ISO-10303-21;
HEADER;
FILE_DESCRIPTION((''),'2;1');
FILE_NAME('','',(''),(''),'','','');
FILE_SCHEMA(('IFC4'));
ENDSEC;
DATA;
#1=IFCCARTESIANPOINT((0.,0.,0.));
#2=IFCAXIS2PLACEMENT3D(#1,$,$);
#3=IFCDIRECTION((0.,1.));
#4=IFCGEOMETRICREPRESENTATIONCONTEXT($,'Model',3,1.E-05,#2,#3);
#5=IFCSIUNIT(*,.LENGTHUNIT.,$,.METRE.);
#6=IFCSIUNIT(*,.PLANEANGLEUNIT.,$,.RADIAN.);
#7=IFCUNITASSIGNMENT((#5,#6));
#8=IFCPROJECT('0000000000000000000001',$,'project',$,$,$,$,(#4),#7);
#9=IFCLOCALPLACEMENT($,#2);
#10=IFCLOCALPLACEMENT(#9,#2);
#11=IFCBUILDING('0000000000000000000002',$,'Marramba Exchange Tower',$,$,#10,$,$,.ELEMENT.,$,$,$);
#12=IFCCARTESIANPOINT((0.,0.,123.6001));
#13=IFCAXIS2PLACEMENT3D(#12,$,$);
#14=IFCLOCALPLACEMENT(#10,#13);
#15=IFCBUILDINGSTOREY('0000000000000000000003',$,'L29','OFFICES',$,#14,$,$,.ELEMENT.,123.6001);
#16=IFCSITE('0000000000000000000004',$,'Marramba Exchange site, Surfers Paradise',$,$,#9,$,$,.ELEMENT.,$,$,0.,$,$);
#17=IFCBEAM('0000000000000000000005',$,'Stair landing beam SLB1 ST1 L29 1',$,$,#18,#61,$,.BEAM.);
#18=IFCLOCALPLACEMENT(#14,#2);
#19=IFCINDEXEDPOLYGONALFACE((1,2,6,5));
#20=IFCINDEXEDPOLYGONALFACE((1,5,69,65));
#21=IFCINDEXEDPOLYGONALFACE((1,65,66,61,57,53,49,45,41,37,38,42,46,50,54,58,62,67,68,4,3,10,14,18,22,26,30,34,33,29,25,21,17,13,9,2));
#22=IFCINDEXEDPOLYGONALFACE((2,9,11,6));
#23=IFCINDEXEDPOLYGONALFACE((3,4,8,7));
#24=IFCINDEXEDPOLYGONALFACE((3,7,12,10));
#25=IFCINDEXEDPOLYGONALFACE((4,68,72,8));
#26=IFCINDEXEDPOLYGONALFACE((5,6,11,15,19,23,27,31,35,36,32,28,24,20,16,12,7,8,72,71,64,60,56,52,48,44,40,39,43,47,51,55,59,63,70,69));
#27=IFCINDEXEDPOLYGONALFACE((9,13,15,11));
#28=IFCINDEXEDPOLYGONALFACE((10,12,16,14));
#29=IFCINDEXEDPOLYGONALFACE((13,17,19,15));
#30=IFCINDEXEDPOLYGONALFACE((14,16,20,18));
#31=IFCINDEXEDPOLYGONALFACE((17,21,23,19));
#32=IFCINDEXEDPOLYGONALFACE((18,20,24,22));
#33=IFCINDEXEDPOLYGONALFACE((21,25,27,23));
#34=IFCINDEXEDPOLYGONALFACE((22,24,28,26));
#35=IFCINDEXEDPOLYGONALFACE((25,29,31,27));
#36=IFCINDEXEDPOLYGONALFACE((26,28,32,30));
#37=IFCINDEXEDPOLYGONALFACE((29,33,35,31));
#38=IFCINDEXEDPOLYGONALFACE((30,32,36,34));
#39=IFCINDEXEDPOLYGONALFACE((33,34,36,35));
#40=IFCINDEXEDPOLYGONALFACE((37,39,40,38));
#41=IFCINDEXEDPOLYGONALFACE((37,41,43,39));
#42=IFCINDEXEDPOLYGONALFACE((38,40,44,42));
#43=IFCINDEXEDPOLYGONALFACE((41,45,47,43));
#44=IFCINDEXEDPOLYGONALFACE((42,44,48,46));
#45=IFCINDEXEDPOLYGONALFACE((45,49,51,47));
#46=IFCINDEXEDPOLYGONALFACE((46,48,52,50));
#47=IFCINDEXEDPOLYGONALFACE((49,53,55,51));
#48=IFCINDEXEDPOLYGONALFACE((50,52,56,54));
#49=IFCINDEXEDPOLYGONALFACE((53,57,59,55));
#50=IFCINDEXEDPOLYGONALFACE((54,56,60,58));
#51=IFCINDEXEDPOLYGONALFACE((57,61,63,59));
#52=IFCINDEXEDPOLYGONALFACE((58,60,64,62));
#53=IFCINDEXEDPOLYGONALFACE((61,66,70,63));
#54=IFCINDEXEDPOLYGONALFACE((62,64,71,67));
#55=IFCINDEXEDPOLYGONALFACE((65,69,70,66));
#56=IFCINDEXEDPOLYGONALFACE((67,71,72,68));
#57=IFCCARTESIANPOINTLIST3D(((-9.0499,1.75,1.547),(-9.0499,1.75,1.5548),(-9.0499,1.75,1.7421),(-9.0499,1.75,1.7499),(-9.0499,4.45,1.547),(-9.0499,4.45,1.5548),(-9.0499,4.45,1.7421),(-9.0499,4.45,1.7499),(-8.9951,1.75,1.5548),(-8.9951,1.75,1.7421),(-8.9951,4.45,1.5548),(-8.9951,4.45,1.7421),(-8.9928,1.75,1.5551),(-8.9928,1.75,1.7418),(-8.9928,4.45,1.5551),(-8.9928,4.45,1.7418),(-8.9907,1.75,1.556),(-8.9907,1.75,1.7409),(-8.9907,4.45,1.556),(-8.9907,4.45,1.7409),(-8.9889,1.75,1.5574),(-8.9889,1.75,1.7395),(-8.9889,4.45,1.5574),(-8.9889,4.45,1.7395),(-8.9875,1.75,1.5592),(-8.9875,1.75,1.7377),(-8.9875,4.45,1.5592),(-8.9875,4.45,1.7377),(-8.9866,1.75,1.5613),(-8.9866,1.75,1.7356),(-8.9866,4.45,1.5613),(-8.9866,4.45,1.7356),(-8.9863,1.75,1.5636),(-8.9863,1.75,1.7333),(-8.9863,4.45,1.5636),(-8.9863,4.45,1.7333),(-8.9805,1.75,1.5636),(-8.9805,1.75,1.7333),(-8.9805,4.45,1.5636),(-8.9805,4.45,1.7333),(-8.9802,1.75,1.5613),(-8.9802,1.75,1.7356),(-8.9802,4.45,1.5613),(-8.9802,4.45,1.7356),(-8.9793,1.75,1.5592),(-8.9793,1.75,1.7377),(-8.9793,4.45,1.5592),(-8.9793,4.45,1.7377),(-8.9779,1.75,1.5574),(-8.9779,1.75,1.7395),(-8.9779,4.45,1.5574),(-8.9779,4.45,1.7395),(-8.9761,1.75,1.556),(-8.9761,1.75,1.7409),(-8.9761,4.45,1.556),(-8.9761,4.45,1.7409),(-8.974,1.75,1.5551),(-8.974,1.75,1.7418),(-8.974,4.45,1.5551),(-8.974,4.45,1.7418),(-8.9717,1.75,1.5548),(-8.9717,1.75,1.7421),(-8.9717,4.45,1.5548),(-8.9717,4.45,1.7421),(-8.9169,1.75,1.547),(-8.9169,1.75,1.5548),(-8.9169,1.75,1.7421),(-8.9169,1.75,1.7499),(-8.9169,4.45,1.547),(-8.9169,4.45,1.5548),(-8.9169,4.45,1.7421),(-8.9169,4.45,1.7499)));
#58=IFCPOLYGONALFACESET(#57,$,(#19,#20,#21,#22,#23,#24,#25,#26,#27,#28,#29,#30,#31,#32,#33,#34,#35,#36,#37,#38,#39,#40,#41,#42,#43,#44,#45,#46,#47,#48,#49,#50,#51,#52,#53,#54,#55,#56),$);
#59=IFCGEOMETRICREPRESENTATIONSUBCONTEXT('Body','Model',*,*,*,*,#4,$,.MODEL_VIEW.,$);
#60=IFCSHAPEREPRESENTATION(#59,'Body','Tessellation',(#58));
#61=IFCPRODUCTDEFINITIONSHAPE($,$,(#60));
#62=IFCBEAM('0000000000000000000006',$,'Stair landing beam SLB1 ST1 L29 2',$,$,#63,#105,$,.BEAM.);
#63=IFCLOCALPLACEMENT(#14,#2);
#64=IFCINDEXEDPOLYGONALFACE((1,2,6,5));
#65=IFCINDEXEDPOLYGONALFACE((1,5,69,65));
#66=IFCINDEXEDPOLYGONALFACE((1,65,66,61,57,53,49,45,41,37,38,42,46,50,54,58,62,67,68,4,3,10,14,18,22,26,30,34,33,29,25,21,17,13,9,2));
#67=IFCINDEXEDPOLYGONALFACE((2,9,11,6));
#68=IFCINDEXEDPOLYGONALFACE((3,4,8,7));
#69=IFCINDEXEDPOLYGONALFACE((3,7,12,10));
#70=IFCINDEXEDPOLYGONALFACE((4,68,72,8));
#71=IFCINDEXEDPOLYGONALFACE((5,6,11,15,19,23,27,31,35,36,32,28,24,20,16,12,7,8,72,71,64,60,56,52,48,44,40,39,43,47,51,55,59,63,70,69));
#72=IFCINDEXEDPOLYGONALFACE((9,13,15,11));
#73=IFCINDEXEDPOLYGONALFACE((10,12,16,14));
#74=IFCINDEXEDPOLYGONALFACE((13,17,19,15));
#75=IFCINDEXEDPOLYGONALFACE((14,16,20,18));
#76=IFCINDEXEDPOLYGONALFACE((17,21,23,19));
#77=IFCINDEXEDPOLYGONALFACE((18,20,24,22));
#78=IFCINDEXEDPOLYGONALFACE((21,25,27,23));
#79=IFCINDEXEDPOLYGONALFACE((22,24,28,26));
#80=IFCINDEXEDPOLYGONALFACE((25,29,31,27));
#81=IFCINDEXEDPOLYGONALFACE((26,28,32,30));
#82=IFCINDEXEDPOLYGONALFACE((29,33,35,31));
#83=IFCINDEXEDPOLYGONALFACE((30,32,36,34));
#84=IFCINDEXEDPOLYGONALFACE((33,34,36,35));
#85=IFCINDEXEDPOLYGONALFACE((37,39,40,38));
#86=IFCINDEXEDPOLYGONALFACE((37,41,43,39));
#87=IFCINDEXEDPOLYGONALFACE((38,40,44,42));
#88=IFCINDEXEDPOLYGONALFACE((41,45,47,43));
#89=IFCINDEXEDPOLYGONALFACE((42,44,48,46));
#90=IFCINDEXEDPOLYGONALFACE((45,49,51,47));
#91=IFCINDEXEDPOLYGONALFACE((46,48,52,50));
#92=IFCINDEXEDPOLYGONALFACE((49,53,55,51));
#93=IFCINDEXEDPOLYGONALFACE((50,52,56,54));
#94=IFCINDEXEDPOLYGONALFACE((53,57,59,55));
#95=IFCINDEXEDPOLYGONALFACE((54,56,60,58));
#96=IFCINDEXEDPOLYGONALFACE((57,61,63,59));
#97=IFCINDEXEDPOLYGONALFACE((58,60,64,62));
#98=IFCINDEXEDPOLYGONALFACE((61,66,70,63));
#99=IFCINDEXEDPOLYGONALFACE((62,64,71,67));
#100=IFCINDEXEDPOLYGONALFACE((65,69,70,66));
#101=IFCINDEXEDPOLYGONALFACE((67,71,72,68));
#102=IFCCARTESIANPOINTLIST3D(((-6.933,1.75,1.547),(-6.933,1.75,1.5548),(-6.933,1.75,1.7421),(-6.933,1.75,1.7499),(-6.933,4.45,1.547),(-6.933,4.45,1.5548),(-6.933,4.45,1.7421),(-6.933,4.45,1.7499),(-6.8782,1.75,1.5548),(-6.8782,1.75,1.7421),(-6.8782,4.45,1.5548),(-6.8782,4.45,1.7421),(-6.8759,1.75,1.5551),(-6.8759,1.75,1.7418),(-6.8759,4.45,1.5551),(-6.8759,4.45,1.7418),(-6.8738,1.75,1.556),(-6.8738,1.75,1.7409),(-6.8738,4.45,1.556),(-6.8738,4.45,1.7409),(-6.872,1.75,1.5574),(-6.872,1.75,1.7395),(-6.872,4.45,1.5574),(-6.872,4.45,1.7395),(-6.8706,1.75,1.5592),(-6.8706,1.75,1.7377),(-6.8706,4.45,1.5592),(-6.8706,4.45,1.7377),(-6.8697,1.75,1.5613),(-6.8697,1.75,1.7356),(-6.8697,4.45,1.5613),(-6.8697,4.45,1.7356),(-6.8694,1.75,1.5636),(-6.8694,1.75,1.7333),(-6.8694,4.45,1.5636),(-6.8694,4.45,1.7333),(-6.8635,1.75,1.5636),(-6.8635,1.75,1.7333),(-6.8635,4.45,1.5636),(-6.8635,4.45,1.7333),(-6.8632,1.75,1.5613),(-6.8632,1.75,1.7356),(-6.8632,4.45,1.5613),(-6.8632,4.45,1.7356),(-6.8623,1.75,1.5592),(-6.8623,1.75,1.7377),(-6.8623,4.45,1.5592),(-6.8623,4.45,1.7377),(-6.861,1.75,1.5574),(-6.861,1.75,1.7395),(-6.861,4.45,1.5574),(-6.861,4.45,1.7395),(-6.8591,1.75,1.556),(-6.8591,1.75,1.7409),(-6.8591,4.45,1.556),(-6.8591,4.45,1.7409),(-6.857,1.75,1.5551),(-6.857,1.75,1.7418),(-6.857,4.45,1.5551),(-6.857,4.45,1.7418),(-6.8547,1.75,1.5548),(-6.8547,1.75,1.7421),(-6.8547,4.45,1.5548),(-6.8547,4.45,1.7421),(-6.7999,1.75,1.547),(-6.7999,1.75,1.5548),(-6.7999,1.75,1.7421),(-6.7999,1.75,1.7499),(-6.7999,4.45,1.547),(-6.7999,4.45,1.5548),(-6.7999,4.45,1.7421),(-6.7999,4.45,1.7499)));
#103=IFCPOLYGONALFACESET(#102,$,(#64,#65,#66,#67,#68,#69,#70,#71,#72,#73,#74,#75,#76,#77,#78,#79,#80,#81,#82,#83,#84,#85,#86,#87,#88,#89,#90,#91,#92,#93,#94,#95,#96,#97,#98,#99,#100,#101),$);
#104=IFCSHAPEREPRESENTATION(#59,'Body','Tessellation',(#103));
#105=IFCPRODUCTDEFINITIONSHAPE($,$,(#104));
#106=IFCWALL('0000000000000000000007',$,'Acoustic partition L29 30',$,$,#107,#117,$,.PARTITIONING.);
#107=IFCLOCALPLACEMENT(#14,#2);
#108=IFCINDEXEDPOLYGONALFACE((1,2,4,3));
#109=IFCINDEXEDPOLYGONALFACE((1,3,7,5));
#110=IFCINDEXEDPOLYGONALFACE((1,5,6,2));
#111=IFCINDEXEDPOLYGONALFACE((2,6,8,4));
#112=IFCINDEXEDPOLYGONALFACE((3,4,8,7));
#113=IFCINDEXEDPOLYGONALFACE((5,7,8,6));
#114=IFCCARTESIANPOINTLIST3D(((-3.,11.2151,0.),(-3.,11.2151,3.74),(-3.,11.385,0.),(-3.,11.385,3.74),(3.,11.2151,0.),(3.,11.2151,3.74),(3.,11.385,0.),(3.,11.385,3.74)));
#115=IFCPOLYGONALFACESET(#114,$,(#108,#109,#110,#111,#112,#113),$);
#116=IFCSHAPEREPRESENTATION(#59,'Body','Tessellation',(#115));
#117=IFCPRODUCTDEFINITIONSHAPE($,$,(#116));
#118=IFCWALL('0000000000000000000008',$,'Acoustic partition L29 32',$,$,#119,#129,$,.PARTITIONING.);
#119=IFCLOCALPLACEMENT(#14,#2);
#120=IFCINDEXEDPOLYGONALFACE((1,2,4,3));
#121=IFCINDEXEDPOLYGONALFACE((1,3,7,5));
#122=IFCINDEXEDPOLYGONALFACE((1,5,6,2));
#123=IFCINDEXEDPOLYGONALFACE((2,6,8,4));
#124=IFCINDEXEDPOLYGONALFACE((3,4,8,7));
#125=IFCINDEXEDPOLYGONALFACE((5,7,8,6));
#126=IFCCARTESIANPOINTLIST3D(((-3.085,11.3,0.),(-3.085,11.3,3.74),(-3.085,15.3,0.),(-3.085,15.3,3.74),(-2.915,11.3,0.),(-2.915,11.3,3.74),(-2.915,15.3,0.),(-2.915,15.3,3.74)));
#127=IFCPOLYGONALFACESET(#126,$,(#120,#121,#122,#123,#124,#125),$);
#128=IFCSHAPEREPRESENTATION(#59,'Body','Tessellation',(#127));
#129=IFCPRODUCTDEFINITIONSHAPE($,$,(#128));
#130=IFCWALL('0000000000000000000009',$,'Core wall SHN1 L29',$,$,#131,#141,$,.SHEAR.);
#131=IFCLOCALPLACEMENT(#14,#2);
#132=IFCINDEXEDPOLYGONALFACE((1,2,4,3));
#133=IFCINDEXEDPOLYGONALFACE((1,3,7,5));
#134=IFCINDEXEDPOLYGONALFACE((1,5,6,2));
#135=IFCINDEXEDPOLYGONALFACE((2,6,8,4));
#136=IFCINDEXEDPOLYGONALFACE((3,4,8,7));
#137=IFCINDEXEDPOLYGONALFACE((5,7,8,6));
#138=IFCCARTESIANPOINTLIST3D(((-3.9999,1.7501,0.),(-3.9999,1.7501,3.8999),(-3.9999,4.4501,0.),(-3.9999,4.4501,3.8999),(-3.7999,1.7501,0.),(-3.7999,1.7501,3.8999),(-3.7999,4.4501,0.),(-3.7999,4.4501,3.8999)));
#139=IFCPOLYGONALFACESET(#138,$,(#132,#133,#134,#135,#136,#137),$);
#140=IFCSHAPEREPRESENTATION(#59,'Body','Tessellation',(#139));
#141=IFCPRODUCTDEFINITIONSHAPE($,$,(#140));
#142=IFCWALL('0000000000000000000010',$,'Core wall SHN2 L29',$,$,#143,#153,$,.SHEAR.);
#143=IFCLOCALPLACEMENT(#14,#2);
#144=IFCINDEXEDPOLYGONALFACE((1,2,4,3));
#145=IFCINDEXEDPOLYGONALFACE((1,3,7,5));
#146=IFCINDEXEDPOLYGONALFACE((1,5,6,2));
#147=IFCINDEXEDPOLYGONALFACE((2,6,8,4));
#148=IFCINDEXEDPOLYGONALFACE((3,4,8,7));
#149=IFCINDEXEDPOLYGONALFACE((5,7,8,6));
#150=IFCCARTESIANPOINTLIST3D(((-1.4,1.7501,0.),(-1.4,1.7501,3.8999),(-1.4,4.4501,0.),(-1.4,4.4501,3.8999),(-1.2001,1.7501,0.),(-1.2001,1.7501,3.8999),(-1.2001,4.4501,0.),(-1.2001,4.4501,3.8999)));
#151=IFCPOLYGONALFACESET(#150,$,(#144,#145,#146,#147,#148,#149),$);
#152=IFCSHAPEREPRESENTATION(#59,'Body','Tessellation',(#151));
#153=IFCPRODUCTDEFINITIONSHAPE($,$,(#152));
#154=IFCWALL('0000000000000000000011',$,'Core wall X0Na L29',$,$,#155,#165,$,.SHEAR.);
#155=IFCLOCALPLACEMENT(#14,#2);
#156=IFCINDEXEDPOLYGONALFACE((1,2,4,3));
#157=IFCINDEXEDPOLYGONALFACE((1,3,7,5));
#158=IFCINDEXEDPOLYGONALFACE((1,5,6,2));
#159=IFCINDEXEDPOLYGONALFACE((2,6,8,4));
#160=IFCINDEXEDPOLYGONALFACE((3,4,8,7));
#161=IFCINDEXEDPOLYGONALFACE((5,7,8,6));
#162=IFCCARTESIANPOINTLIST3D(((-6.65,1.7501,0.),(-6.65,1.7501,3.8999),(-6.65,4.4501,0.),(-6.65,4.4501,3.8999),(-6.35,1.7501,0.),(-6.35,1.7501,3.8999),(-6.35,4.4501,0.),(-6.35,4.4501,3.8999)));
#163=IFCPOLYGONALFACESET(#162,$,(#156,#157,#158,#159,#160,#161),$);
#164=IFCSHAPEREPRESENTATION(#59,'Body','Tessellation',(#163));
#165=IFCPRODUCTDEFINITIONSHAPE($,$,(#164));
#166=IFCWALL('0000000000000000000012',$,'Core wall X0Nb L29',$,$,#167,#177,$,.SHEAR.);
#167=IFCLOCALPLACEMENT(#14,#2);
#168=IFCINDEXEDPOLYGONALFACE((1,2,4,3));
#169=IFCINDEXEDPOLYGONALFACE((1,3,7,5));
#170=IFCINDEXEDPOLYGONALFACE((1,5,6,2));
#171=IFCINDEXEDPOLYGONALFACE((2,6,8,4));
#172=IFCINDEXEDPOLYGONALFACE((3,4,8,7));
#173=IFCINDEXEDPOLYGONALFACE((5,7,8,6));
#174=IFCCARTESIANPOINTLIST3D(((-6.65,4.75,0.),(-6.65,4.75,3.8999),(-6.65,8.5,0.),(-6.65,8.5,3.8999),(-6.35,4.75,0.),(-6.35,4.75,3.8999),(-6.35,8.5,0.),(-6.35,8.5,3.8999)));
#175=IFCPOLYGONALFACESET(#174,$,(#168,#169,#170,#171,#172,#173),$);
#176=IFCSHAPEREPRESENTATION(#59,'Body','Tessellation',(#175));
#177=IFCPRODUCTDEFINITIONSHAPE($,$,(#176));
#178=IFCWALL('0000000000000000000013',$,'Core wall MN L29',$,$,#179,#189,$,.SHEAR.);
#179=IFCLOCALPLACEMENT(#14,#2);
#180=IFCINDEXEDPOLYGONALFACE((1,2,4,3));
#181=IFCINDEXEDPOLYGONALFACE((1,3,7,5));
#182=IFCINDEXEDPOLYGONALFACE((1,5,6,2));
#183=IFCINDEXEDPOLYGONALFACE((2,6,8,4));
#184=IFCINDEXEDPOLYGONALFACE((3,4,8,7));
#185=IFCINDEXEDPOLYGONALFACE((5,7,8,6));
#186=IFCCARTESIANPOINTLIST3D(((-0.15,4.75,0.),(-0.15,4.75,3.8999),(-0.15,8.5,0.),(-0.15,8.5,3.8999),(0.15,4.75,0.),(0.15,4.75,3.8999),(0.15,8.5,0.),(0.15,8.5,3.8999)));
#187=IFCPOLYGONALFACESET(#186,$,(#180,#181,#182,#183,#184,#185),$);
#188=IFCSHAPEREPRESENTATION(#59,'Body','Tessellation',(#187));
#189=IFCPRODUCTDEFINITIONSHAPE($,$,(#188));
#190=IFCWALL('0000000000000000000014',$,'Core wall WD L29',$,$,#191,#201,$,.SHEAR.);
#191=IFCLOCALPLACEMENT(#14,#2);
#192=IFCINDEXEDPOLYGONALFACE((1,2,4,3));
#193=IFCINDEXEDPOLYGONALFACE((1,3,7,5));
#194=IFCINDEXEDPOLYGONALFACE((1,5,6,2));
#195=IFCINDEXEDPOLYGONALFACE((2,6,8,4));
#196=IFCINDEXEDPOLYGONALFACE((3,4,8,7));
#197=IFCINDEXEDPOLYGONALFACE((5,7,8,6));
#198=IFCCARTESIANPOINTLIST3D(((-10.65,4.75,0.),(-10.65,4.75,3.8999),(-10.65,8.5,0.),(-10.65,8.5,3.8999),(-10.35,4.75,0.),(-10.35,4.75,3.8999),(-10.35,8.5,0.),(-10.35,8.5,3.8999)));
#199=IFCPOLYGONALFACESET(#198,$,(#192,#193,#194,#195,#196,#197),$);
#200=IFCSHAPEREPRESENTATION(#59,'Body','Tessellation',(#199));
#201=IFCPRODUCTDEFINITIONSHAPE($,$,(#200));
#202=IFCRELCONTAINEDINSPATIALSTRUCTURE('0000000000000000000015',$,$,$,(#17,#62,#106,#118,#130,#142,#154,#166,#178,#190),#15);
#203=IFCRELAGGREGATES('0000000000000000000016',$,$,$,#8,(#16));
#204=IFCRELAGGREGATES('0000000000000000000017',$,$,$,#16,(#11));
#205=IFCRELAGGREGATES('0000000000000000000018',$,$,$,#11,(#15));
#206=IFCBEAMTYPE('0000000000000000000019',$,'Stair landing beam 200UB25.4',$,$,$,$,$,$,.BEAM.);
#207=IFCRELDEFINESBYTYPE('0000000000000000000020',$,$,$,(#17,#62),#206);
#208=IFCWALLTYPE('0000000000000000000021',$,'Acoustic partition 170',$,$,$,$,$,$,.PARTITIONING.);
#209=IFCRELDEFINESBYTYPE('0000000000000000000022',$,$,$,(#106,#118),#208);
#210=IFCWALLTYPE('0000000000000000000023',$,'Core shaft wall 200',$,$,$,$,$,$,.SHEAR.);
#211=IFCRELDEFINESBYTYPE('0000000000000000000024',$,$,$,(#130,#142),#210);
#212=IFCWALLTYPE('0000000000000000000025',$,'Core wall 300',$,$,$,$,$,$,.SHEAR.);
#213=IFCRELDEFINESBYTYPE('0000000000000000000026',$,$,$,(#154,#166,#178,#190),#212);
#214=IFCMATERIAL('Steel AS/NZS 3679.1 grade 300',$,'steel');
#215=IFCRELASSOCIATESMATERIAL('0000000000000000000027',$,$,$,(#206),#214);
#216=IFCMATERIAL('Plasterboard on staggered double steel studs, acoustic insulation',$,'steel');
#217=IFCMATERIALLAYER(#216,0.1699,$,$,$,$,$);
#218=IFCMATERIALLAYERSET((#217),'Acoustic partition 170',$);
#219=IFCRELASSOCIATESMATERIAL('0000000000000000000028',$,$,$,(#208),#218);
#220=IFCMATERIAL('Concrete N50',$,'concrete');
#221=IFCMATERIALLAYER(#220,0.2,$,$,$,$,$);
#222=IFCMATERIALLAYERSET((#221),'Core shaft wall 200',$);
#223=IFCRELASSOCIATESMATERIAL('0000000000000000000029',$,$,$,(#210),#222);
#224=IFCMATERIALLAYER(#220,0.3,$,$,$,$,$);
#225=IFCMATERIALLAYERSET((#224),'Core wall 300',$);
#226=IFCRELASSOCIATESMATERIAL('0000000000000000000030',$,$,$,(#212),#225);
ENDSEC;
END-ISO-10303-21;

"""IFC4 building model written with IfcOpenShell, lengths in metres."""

from ifc_helpers import new_model, si_unit, direction, frame, frame_2d, origin, origin_2d, place, context, subcontext, project, spatial, rectangle, i_section, extrude, material, layer, layer_set, material_profile, profile_set, type_object, element, save


model = new_model("IFC4")

# Units and contexts
model_context = context("Model", 3, precision=1e-05, world=origin(), true_north=direction((0.0, 1.0)))
body_context = subcontext(model_context, "Body", "Model", "MODEL_VIEW")
ifc_project = project(units=[si_unit("LENGTHUNIT", "METRE"), si_unit("PLANEANGLEUNIT", "RADIAN")], contexts=[model_context])

# Site, building, storey
site_placement = place(None, origin())
site = spatial("IfcSite", under=ifc_project, at=site_placement, Name="Marramba Exchange site, Surfers Paradise", CompositionType="ELEMENT", RefElevation=0.0)
building_placement = place(site_placement, origin())
building = spatial("IfcBuilding", under=site, at=building_placement, Name="Marramba Exchange Tower", CompositionType="ELEMENT")
storey_placement = place(building_placement, frame((0.0, 0.0, 123.6001)))
storey = spatial("IfcBuildingStorey", under=building, at=storey_placement, Name="L29", Description="OFFICES", CompositionType="ELEMENT", Elevation=123.6001)

# Shared definitions
ifc_material_1 = material(Name="Concrete N50", Category="concrete")

# Beams
ifc_material_2 = material(Name="Steel AS/NZS 3679.1 grade 300", Category="steel")
ifc_material_profile_1 = material_profile(ifc_material_2, i_section(OverallWidth=0.1331, OverallDepth=0.2029, WebThickness=0.0059, FlangeThickness=0.0078, FilletRadius=0.0088, at=origin_2d()), Name="200UB25.4")
ifc_profile_set_1 = profile_set([ifc_material_profile_1], Name="Steel AS/NZS 3679.1 grade 300")
beam_type_1 = type_object("IfcBeamType", Name="Stair landing beam 200UB25.4", PredefinedType="BEAM", material=ifc_profile_set_1)
for number, where, z_axis, x_axis, name in (
    (1, (-8.9834, 1.75, 1.6484), (0.0, 1.0, 0.0), (-1.0, 0.0, 0.0), "Stair landing beam SLB1 ST1 L29 1"),
    (2, (-6.8665, 1.75, 1.6484), (0.0, 1.0, 0.0), (-1.0, 0.0, 0.0), "Stair landing beam SLB1 ST1 L29 2"),
):
    element("IfcBeam", number, at=place(storey_placement, frame(where, z_axis=z_axis, x_axis=x_axis)), inside=storey, type_object=beam_type_1, Name=name, PredefinedType="BEAM", context=body_context, shape_type="SweptSolid", body=[
        extrude(i_section(OverallWidth=0.1331, OverallDepth=0.2029, WebThickness=0.0059, FlangeThickness=0.0078, FilletRadius=0.0088, at=origin_2d()), origin(), (0.0, 0.0, 1.0), 2.7),
    ])

# Walls
ifc_material_3 = material(Name="Plasterboard on staggered double steel studs, acoustic insulation", Category="steel")
ifc_layer_1 = layer(ifc_material_3, 0.1699)
ifc_layer_set_1 = layer_set([ifc_layer_1], Name="Acoustic partition 170")
wall_type_1 = type_object("IfcWallType", Name="Acoustic partition 170", PredefinedType="PARTITIONING", material=ifc_layer_set_1)
wall_1_placement = place(storey_placement, frame((-3.0, 11.3, 0.0), z_axis=(0.0, 0.0, 1.0), x_axis=(1.0, 0.0, 0.0)))
element("IfcWall", 3, at=wall_1_placement, inside=storey, type_object=wall_type_1, Name="Acoustic partition L29 30", PredefinedType="PARTITIONING", context=body_context, shape_type="SweptSolid", body=[
    extrude(rectangle(XDim=6.0, YDim=0.1699, at=frame_2d((3.0, 0.0))), origin(), (0.0, 0.0, 1.0), 3.74),
])
wall_2_placement = place(storey_placement, frame((-3.0, 15.3, 0.0), z_axis=(0.0, 0.0, 1.0), x_axis=(0.0, -1.0, 0.0)))
element("IfcWall", 4, at=wall_2_placement, inside=storey, type_object=wall_type_1, Name="Acoustic partition L29 32", PredefinedType="PARTITIONING", context=body_context, shape_type="SweptSolid", body=[
    extrude(rectangle(XDim=4.0, YDim=0.1699, at=frame_2d((2.0, 0.0))), origin(), (0.0, 0.0, 1.0), 3.74),
])
ifc_layer_2 = layer(ifc_material_1, 0.2)
ifc_layer_set_2 = layer_set([ifc_layer_2], Name="Core shaft wall 200")
wall_type_2 = type_object("IfcWallType", Name="Core shaft wall 200", PredefinedType="SHEAR", material=ifc_layer_set_2)
for number, where, z_axis, x_axis, name in (
    (5, (-3.8999, 1.75, 0.0), (0.0, 0.0, 1.0), (0.0, 1.0, 0.0), "Core wall SHN1 L29"),
    (6, (-1.3, 1.75, 0.0), (0.0, 0.0, 1.0), (0.0, 1.0, 0.0), "Core wall SHN2 L29"),
):
    element("IfcWall", number, at=place(storey_placement, frame(where, z_axis=z_axis, x_axis=x_axis)), inside=storey, type_object=wall_type_2, Name=name, PredefinedType="SHEAR", context=body_context, shape_type="SweptSolid", body=[
        extrude(rectangle(XDim=2.7, YDim=0.2, at=frame_2d((1.3501, 0.0))), origin(), (0.0, 0.0, 1.0), 3.8999),
    ])
ifc_layer_3 = layer(ifc_material_1, 0.3)
ifc_layer_set_3 = layer_set([ifc_layer_3], Name="Core wall 300")
wall_type_3 = type_object("IfcWallType", Name="Core wall 300", PredefinedType="SHEAR", material=ifc_layer_set_3)
wall_3_placement = place(storey_placement, frame((-6.5, 1.75, 0.0), z_axis=(0.0, 0.0, 1.0), x_axis=(0.0, 1.0, 0.0)))
element("IfcWall", 7, at=wall_3_placement, inside=storey, type_object=wall_type_3, Name="Core wall X0Na L29", PredefinedType="SHEAR", context=body_context, shape_type="SweptSolid", body=[
    extrude(rectangle(XDim=2.7, YDim=0.3, at=frame_2d((1.3501, 0.0))), origin(), (0.0, 0.0, 1.0), 3.8999),
])
for number, where, z_axis, x_axis, name in (
    (8, (-6.5, 4.75, 0.0), (0.0, 0.0, 1.0), (0.0, 1.0, 0.0), "Core wall X0Nb L29"),
    (9, (0.0, 4.75, 0.0), (0.0, 0.0, 1.0), (0.0, 1.0, 0.0), "Core wall MN L29"),
    (10, (-10.5, 4.75, 0.0), (0.0, 0.0, 1.0), (0.0, 1.0, 0.0), "Core wall WD L29"),
):
    element("IfcWall", number, at=place(storey_placement, frame(where, z_axis=z_axis, x_axis=x_axis)), inside=storey, type_object=wall_type_3, Name=name, PredefinedType="SHEAR", context=body_context, shape_type="SweptSolid", body=[
        extrude(rectangle(XDim=3.75, YDim=0.3, at=frame_2d((1.875, 0.0))), origin(), (0.0, 0.0, 1.0), 3.8999),
    ])

save(model, "model.ifc")
